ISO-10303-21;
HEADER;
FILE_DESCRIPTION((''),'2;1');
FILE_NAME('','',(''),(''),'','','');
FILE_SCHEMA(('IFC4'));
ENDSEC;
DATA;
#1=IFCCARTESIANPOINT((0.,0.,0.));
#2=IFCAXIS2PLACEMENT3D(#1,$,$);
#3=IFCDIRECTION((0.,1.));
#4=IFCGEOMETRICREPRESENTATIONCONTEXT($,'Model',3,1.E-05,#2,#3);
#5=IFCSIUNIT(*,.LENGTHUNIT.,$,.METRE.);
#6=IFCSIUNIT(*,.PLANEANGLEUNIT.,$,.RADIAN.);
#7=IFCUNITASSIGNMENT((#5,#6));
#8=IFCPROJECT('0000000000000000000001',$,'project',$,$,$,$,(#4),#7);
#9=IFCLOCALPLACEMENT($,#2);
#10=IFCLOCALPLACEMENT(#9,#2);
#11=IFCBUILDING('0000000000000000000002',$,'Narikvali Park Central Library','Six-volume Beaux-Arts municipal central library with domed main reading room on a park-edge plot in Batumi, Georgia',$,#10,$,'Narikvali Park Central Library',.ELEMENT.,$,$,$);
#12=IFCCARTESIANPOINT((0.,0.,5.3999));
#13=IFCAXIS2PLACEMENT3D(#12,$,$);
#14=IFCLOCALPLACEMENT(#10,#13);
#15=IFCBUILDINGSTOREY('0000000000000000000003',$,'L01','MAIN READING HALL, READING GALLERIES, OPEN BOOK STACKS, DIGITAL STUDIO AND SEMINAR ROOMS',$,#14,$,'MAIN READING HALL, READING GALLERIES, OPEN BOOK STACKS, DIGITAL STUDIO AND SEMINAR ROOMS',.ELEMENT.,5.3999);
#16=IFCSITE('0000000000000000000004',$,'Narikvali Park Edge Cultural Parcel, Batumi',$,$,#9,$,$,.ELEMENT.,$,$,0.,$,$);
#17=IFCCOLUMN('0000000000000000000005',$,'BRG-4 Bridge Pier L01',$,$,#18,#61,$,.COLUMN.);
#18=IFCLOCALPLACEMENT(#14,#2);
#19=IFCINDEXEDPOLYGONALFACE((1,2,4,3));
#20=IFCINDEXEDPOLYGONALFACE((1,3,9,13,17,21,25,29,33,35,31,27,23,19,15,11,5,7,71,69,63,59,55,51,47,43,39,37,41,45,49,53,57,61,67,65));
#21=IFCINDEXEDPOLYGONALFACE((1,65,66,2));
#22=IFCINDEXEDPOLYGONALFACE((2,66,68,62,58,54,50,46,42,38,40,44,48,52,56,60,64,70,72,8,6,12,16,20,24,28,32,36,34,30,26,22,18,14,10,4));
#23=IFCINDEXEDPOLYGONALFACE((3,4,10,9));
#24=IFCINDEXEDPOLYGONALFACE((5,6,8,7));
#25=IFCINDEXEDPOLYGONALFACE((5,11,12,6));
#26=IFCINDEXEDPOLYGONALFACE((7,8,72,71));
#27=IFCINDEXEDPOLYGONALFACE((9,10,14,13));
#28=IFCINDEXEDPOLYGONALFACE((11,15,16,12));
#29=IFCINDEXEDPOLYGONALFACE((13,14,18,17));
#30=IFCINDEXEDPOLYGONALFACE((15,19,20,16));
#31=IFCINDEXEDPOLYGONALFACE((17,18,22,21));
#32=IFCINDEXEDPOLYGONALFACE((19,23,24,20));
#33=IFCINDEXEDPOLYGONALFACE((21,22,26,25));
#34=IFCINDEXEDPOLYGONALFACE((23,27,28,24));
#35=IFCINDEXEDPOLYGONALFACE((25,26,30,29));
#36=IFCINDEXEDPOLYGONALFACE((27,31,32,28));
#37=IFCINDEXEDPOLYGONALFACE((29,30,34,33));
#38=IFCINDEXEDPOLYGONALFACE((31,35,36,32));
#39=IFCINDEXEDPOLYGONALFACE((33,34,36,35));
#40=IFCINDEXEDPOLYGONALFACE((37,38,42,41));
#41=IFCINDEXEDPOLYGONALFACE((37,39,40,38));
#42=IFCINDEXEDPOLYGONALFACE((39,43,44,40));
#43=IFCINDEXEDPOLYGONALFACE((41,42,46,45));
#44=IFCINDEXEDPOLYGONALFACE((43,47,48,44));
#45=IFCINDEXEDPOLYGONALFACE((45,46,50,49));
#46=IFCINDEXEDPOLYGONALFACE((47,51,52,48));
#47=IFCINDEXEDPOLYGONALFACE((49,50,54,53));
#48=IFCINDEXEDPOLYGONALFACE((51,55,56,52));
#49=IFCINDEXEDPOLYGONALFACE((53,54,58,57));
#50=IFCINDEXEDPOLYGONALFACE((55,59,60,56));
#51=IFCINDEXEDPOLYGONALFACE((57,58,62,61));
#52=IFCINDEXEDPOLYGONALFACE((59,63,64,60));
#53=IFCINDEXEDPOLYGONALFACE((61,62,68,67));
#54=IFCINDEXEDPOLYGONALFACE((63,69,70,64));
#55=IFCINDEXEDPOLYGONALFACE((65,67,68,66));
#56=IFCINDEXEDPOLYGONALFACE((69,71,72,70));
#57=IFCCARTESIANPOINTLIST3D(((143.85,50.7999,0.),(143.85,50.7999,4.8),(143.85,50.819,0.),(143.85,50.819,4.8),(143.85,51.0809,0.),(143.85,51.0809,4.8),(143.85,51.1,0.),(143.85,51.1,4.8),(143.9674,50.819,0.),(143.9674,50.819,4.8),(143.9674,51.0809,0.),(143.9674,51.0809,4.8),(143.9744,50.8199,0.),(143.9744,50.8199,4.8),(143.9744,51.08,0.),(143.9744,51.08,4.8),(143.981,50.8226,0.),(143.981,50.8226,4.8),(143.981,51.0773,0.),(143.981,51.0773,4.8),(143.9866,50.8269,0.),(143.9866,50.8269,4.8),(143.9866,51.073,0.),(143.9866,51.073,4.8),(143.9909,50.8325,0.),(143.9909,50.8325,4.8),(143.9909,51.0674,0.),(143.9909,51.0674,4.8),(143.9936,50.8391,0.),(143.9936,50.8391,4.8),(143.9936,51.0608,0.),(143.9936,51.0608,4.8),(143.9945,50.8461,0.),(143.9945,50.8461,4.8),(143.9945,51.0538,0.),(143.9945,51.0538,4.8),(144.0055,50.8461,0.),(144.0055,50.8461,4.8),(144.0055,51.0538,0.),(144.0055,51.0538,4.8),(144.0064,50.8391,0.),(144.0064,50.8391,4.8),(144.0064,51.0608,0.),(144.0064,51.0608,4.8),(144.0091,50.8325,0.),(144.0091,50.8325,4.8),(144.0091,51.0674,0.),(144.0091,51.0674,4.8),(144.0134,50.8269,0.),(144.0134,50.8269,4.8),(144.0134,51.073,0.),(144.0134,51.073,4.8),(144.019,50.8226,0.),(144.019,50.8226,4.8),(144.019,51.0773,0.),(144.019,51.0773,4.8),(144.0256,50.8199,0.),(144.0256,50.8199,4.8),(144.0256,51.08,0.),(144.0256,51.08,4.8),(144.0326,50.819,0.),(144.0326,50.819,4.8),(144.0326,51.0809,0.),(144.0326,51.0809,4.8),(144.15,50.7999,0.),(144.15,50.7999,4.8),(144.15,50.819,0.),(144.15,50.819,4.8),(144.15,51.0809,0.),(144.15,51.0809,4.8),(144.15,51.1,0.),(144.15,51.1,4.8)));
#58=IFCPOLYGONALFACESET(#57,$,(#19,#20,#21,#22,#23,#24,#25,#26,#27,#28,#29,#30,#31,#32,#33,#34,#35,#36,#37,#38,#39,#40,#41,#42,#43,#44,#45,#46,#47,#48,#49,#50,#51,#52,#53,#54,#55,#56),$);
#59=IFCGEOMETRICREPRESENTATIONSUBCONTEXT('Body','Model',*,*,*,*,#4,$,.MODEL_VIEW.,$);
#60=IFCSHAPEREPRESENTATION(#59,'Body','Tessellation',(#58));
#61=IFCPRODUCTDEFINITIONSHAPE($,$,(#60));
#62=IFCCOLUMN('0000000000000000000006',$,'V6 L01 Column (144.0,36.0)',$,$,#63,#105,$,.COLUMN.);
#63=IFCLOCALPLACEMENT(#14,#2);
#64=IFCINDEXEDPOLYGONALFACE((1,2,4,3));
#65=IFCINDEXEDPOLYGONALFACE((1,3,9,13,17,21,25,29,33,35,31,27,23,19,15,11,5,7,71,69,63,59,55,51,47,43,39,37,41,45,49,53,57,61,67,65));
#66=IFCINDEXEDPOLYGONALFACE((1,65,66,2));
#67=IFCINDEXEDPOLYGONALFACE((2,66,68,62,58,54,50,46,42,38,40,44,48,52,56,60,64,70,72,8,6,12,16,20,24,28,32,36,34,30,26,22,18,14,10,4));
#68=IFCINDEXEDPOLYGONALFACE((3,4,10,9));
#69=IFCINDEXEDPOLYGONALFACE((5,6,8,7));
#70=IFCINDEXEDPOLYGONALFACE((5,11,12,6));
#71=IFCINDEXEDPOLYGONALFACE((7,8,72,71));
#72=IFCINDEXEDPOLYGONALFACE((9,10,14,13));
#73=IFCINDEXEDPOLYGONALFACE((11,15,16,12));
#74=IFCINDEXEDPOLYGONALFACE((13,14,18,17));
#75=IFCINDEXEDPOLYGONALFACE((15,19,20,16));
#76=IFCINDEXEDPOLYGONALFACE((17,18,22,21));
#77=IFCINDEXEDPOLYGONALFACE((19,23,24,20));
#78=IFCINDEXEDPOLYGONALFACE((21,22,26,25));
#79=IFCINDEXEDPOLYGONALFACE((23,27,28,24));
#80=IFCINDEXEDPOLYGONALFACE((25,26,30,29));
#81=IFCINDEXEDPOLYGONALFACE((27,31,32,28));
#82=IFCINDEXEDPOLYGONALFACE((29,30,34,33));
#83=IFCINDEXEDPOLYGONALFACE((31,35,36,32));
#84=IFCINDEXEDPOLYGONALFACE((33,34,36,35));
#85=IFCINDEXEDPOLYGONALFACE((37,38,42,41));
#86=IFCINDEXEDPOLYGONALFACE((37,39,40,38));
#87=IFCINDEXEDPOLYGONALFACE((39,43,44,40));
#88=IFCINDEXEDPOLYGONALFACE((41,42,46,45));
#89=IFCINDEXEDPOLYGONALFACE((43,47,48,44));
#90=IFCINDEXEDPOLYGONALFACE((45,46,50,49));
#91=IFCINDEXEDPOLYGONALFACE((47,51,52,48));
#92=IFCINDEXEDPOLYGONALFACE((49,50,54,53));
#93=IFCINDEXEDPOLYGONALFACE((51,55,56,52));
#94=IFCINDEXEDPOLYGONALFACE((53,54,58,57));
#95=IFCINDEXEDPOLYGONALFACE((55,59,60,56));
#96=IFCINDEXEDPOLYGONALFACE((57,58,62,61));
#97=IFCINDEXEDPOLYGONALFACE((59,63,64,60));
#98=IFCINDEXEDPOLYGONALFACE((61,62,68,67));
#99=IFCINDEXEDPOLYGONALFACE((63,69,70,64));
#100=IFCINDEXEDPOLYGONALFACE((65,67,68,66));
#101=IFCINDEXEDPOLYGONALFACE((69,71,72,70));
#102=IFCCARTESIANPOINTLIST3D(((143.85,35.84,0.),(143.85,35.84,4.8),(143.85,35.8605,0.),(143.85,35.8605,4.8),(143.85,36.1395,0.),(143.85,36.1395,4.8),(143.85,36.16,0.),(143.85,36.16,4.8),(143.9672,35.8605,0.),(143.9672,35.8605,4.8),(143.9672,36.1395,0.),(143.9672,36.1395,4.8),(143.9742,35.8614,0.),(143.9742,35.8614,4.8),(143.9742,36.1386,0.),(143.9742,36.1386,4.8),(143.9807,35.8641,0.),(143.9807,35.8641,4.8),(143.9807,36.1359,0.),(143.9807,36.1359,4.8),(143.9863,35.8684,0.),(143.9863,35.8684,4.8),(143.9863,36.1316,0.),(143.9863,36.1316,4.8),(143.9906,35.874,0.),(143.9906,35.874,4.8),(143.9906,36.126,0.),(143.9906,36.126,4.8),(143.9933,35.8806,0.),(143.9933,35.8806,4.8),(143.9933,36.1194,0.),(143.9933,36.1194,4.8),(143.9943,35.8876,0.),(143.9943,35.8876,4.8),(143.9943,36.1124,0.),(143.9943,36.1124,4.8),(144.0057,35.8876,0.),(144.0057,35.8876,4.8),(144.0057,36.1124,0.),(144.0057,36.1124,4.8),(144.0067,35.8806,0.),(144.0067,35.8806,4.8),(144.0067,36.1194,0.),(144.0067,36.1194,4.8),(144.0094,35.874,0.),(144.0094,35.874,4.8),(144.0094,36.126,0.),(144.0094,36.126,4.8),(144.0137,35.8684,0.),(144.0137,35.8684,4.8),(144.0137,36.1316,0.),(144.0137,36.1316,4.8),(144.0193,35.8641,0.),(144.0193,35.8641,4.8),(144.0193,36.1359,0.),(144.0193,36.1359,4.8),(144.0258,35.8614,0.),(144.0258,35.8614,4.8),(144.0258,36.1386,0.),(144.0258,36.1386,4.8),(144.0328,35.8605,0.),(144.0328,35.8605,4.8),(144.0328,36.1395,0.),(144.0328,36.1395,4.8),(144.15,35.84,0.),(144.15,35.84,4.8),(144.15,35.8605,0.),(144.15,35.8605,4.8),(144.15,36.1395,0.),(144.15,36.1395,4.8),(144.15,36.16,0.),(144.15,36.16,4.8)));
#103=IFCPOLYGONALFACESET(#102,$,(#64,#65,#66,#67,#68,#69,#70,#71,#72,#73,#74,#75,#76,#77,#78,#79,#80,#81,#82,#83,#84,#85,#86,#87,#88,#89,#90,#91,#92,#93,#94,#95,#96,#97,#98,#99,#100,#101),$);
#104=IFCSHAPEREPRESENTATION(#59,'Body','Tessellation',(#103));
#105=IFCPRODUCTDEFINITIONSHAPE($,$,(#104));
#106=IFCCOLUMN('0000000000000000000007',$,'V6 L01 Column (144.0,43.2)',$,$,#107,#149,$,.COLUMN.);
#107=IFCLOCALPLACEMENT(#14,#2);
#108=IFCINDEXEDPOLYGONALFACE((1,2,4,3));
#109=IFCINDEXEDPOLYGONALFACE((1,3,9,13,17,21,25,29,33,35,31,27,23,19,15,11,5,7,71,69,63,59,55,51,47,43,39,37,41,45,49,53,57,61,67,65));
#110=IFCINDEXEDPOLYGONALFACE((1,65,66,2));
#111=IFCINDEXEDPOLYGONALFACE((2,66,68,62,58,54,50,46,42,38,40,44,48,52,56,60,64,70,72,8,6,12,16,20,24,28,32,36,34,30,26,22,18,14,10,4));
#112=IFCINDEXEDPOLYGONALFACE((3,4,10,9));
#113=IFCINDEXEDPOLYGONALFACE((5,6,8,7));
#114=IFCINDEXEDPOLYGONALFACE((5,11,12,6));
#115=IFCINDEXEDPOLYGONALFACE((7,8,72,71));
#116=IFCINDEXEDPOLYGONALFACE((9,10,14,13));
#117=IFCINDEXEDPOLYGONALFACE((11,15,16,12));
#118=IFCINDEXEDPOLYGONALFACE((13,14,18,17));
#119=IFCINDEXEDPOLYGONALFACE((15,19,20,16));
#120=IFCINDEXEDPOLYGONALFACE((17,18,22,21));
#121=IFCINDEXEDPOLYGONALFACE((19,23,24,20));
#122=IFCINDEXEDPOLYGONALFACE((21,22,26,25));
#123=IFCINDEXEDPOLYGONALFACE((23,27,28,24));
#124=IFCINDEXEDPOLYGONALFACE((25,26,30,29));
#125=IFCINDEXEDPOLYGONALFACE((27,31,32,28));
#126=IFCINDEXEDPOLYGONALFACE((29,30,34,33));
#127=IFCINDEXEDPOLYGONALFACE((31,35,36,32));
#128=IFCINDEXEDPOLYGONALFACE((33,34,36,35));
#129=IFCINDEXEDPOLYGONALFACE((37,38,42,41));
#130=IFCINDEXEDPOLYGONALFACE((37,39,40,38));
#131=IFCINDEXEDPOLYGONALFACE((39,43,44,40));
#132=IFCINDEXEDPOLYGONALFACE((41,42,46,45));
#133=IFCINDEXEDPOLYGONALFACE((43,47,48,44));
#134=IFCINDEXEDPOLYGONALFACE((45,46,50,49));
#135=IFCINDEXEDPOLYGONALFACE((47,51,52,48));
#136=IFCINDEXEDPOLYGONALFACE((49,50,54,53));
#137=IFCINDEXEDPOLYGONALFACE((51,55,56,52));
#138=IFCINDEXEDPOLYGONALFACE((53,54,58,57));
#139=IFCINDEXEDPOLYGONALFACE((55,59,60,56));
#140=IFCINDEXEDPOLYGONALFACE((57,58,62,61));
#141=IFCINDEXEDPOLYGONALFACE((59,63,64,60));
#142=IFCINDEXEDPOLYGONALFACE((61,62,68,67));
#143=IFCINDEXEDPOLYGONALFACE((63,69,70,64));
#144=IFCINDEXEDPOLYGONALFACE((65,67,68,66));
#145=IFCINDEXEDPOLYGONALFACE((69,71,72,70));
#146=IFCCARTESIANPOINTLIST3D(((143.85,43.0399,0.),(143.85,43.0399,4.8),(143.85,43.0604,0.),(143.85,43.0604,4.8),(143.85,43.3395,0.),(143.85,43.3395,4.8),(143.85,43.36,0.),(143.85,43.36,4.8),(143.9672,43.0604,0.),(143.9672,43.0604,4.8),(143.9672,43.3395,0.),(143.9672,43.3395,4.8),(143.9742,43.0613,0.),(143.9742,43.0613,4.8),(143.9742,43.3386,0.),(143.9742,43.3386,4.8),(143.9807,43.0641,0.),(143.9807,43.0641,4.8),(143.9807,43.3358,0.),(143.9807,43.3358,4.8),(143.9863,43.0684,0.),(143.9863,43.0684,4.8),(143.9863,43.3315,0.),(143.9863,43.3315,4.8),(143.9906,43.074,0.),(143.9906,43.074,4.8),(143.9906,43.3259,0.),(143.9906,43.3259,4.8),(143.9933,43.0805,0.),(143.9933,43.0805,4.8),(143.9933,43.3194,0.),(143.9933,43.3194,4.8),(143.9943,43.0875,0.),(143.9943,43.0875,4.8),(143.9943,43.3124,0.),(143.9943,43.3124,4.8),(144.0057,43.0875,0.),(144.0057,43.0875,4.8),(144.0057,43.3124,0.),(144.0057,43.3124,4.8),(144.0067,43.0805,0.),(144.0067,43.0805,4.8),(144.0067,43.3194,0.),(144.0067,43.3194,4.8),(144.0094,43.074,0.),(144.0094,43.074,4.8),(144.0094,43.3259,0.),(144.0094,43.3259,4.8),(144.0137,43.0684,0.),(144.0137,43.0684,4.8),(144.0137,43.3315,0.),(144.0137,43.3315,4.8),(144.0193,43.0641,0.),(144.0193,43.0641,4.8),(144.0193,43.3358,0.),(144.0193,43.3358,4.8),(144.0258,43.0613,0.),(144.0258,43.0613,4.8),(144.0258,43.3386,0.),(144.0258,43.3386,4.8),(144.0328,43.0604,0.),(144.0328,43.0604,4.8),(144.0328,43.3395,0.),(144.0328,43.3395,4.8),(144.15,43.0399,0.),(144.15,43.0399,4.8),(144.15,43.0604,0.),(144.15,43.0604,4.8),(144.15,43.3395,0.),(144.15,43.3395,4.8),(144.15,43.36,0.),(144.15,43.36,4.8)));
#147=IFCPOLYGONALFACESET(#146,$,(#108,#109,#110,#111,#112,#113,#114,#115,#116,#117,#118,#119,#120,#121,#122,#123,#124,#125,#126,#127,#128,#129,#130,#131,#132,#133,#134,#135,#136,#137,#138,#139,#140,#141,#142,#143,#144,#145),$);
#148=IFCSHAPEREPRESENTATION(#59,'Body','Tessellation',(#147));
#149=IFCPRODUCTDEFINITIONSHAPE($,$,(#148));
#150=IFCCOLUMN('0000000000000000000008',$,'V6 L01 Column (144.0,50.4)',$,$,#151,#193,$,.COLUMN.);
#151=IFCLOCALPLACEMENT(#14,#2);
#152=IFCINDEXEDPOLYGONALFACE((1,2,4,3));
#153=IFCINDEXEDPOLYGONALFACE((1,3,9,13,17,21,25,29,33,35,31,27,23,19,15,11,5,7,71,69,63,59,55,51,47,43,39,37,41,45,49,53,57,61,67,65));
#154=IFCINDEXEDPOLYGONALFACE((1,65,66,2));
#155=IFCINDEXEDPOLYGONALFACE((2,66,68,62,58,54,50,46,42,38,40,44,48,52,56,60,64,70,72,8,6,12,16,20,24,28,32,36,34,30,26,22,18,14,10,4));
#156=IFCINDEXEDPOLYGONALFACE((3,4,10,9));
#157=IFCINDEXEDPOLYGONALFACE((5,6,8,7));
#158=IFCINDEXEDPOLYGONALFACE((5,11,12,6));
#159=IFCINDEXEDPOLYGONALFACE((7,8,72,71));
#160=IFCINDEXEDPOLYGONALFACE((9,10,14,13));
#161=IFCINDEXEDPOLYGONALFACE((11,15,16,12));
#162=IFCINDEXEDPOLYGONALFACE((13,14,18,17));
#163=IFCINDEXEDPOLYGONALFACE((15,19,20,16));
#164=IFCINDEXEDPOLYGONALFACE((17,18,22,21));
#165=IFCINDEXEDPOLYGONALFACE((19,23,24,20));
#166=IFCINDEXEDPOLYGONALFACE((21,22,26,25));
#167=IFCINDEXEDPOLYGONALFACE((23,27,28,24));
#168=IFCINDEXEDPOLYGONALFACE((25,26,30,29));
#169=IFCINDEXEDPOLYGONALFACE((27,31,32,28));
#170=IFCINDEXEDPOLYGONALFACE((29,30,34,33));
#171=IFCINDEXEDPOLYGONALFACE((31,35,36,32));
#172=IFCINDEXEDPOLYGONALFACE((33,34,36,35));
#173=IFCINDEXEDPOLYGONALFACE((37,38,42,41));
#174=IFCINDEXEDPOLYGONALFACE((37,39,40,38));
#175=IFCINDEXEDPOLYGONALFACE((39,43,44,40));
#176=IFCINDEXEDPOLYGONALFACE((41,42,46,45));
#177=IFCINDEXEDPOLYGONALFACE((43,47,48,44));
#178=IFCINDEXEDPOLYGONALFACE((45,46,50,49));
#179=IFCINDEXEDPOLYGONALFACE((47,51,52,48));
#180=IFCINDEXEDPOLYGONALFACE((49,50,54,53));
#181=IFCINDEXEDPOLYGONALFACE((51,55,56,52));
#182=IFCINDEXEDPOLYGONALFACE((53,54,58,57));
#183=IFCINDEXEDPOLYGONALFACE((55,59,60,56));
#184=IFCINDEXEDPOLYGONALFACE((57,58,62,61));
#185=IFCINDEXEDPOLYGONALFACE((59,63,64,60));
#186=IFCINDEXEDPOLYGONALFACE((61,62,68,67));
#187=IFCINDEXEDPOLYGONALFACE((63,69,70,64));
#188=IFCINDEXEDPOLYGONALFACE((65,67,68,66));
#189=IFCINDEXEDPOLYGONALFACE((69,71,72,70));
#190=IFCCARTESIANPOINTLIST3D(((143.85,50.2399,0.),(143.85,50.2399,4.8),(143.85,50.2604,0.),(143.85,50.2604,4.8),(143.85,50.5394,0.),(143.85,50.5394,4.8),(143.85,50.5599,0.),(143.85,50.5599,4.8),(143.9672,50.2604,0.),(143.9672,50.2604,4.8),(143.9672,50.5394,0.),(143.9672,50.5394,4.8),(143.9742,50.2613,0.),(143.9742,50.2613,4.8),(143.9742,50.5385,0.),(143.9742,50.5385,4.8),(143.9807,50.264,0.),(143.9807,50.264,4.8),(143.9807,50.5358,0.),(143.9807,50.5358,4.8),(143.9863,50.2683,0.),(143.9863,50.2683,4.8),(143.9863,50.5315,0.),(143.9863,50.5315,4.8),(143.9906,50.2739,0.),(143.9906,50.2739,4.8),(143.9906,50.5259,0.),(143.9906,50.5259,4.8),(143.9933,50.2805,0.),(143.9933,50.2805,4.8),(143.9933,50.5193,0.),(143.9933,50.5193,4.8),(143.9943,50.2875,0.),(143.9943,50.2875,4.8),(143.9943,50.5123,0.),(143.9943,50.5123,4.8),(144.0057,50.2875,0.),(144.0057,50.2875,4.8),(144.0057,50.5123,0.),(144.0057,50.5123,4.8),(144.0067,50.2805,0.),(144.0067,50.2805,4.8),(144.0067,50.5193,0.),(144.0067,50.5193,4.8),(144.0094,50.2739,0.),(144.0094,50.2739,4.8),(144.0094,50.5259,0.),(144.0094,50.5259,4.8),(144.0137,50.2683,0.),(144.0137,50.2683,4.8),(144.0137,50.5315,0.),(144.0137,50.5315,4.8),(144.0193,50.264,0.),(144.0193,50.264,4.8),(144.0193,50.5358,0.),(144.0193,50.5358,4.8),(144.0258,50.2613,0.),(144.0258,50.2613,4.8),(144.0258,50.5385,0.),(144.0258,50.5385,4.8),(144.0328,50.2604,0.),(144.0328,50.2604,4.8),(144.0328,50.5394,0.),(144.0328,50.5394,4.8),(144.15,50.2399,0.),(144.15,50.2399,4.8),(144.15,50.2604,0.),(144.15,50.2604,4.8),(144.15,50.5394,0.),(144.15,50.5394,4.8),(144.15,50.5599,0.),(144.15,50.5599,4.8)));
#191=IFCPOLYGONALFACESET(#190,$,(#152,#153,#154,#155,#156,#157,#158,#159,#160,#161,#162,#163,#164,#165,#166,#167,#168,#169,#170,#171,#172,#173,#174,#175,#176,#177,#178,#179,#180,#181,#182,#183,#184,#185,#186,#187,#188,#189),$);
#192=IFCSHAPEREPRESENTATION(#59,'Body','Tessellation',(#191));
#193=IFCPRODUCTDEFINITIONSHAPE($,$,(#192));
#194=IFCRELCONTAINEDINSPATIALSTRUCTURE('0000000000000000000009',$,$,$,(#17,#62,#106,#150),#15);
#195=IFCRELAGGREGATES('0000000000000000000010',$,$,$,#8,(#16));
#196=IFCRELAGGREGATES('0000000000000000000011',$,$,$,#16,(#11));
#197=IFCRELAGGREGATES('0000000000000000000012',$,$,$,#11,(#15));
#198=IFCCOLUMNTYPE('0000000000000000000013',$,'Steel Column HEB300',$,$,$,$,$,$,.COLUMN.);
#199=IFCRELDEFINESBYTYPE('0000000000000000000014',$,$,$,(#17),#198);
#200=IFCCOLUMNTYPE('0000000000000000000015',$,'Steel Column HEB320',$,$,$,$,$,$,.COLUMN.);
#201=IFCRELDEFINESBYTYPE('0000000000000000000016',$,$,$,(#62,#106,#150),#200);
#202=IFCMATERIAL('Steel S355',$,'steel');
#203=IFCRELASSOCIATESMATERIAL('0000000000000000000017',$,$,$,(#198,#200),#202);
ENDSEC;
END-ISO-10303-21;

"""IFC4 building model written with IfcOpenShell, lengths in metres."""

from ifc_helpers import new_model, si_unit, direction, frame, origin, origin_2d, place, context, subcontext, project, spatial, i_section, extrude, material, material_profile, profile_set, type_object, element, save


model = new_model("IFC4")

# Units and contexts
model_context = context("Model", 3, precision=1e-05, world=origin(), true_north=direction((0.0, 1.0)))
body_context = subcontext(model_context, "Body", "Model", "MODEL_VIEW")
ifc_project = project(units=[si_unit("LENGTHUNIT", "METRE"), si_unit("PLANEANGLEUNIT", "RADIAN")], contexts=[model_context])

# Site, building, storey
site_placement = place(None, origin())
site = spatial("IfcSite", under=ifc_project, at=site_placement, Name="Narikvali Park Edge Cultural Parcel, Batumi", CompositionType="ELEMENT", RefElevation=0.0)
building_placement = place(site_placement, origin())
building = spatial("IfcBuilding", under=site, at=building_placement, Name="Narikvali Park Central Library", Description="Six-volume Beaux-Arts municipal central library with domed main reading room on a park-edge plot in Batumi, Georgia", LongName="Narikvali Park Central Library", CompositionType="ELEMENT")
storey_placement = place(building_placement, frame((0.0, 0.0, 5.3999)))
storey = spatial("IfcBuildingStorey", under=building, at=storey_placement, Name="L01", Description="MAIN READING HALL, READING GALLERIES, OPEN BOOK STACKS, DIGITAL STUDIO AND SEMINAR ROOMS", LongName="MAIN READING HALL, READING GALLERIES, OPEN BOOK STACKS, DIGITAL STUDIO AND SEMINAR ROOMS", CompositionType="ELEMENT", Elevation=5.3999)

# Columns
ifc_material_1 = material(Name="Steel S355", Category="steel")
ifc_material_profile_1 = material_profile(ifc_material_1, i_section(OverallWidth=0.3, OverallDepth=0.3, WebThickness=0.011, FlangeThickness=0.019, FilletRadius=0.0271, at=origin_2d()), Name="HEB 300")
ifc_profile_set_1 = profile_set([ifc_material_profile_1], Name="Steel S355")
column_type_1 = type_object("IfcColumnType", Name="Steel Column HEB300", PredefinedType="COLUMN", material=ifc_profile_set_1)
column_placement = place(storey_placement, frame((144.0, 50.95, 0.0), z_axis=(0.0, 0.0, 1.0), x_axis=(1.0, 0.0, 0.0)))
element("IfcColumn", 1, at=column_placement, inside=storey, type_object=column_type_1, Name="BRG-4 Bridge Pier L01", PredefinedType="COLUMN", context=body_context, shape_type="SweptSolid", body=[
    extrude(i_section(OverallWidth=0.3, OverallDepth=0.3, WebThickness=0.011, FlangeThickness=0.019, FilletRadius=0.0271, at=origin_2d()), origin(), (0.0, 0.0, 1.0), 4.8),
])
ifc_material_profile_2 = material_profile(ifc_material_1, i_section(OverallWidth=0.3, OverallDepth=0.3201, WebThickness=0.0115, FlangeThickness=0.0205, FilletRadius=0.0271, at=origin_2d()), Name="HEB 320")
ifc_profile_set_2 = profile_set([ifc_material_profile_2], Name="Steel S355")
column_type_2 = type_object("IfcColumnType", Name="Steel Column HEB320", PredefinedType="COLUMN", material=ifc_profile_set_2)
for number, where, z_axis, x_axis, name in (
    (2, (144.0, 36.0, 0.0), (0.0, 0.0, 1.0), (1.0, 0.0, 0.0), "V6 L01 Column (144.0,36.0)"),
    (3, (144.0, 43.2, 0.0), (0.0, 0.0, 1.0), (1.0, 0.0, 0.0), "V6 L01 Column (144.0,43.2)"),
    (4, (144.0, 50.3999, 0.0), (0.0, 0.0, 1.0), (1.0, 0.0, 0.0), "V6 L01 Column (144.0,50.4)"),
):
    element("IfcColumn", number, at=place(storey_placement, frame(where, z_axis=z_axis, x_axis=x_axis)), inside=storey, type_object=column_type_2, Name=name, PredefinedType="COLUMN", context=body_context, shape_type="SweptSolid", body=[
        extrude(i_section(OverallWidth=0.3, OverallDepth=0.3201, WebThickness=0.0115, FlangeThickness=0.0205, FilletRadius=0.0271, at=origin_2d()), origin(), (0.0, 0.0, 1.0), 4.8),
    ])

save(model, "model.ifc")
